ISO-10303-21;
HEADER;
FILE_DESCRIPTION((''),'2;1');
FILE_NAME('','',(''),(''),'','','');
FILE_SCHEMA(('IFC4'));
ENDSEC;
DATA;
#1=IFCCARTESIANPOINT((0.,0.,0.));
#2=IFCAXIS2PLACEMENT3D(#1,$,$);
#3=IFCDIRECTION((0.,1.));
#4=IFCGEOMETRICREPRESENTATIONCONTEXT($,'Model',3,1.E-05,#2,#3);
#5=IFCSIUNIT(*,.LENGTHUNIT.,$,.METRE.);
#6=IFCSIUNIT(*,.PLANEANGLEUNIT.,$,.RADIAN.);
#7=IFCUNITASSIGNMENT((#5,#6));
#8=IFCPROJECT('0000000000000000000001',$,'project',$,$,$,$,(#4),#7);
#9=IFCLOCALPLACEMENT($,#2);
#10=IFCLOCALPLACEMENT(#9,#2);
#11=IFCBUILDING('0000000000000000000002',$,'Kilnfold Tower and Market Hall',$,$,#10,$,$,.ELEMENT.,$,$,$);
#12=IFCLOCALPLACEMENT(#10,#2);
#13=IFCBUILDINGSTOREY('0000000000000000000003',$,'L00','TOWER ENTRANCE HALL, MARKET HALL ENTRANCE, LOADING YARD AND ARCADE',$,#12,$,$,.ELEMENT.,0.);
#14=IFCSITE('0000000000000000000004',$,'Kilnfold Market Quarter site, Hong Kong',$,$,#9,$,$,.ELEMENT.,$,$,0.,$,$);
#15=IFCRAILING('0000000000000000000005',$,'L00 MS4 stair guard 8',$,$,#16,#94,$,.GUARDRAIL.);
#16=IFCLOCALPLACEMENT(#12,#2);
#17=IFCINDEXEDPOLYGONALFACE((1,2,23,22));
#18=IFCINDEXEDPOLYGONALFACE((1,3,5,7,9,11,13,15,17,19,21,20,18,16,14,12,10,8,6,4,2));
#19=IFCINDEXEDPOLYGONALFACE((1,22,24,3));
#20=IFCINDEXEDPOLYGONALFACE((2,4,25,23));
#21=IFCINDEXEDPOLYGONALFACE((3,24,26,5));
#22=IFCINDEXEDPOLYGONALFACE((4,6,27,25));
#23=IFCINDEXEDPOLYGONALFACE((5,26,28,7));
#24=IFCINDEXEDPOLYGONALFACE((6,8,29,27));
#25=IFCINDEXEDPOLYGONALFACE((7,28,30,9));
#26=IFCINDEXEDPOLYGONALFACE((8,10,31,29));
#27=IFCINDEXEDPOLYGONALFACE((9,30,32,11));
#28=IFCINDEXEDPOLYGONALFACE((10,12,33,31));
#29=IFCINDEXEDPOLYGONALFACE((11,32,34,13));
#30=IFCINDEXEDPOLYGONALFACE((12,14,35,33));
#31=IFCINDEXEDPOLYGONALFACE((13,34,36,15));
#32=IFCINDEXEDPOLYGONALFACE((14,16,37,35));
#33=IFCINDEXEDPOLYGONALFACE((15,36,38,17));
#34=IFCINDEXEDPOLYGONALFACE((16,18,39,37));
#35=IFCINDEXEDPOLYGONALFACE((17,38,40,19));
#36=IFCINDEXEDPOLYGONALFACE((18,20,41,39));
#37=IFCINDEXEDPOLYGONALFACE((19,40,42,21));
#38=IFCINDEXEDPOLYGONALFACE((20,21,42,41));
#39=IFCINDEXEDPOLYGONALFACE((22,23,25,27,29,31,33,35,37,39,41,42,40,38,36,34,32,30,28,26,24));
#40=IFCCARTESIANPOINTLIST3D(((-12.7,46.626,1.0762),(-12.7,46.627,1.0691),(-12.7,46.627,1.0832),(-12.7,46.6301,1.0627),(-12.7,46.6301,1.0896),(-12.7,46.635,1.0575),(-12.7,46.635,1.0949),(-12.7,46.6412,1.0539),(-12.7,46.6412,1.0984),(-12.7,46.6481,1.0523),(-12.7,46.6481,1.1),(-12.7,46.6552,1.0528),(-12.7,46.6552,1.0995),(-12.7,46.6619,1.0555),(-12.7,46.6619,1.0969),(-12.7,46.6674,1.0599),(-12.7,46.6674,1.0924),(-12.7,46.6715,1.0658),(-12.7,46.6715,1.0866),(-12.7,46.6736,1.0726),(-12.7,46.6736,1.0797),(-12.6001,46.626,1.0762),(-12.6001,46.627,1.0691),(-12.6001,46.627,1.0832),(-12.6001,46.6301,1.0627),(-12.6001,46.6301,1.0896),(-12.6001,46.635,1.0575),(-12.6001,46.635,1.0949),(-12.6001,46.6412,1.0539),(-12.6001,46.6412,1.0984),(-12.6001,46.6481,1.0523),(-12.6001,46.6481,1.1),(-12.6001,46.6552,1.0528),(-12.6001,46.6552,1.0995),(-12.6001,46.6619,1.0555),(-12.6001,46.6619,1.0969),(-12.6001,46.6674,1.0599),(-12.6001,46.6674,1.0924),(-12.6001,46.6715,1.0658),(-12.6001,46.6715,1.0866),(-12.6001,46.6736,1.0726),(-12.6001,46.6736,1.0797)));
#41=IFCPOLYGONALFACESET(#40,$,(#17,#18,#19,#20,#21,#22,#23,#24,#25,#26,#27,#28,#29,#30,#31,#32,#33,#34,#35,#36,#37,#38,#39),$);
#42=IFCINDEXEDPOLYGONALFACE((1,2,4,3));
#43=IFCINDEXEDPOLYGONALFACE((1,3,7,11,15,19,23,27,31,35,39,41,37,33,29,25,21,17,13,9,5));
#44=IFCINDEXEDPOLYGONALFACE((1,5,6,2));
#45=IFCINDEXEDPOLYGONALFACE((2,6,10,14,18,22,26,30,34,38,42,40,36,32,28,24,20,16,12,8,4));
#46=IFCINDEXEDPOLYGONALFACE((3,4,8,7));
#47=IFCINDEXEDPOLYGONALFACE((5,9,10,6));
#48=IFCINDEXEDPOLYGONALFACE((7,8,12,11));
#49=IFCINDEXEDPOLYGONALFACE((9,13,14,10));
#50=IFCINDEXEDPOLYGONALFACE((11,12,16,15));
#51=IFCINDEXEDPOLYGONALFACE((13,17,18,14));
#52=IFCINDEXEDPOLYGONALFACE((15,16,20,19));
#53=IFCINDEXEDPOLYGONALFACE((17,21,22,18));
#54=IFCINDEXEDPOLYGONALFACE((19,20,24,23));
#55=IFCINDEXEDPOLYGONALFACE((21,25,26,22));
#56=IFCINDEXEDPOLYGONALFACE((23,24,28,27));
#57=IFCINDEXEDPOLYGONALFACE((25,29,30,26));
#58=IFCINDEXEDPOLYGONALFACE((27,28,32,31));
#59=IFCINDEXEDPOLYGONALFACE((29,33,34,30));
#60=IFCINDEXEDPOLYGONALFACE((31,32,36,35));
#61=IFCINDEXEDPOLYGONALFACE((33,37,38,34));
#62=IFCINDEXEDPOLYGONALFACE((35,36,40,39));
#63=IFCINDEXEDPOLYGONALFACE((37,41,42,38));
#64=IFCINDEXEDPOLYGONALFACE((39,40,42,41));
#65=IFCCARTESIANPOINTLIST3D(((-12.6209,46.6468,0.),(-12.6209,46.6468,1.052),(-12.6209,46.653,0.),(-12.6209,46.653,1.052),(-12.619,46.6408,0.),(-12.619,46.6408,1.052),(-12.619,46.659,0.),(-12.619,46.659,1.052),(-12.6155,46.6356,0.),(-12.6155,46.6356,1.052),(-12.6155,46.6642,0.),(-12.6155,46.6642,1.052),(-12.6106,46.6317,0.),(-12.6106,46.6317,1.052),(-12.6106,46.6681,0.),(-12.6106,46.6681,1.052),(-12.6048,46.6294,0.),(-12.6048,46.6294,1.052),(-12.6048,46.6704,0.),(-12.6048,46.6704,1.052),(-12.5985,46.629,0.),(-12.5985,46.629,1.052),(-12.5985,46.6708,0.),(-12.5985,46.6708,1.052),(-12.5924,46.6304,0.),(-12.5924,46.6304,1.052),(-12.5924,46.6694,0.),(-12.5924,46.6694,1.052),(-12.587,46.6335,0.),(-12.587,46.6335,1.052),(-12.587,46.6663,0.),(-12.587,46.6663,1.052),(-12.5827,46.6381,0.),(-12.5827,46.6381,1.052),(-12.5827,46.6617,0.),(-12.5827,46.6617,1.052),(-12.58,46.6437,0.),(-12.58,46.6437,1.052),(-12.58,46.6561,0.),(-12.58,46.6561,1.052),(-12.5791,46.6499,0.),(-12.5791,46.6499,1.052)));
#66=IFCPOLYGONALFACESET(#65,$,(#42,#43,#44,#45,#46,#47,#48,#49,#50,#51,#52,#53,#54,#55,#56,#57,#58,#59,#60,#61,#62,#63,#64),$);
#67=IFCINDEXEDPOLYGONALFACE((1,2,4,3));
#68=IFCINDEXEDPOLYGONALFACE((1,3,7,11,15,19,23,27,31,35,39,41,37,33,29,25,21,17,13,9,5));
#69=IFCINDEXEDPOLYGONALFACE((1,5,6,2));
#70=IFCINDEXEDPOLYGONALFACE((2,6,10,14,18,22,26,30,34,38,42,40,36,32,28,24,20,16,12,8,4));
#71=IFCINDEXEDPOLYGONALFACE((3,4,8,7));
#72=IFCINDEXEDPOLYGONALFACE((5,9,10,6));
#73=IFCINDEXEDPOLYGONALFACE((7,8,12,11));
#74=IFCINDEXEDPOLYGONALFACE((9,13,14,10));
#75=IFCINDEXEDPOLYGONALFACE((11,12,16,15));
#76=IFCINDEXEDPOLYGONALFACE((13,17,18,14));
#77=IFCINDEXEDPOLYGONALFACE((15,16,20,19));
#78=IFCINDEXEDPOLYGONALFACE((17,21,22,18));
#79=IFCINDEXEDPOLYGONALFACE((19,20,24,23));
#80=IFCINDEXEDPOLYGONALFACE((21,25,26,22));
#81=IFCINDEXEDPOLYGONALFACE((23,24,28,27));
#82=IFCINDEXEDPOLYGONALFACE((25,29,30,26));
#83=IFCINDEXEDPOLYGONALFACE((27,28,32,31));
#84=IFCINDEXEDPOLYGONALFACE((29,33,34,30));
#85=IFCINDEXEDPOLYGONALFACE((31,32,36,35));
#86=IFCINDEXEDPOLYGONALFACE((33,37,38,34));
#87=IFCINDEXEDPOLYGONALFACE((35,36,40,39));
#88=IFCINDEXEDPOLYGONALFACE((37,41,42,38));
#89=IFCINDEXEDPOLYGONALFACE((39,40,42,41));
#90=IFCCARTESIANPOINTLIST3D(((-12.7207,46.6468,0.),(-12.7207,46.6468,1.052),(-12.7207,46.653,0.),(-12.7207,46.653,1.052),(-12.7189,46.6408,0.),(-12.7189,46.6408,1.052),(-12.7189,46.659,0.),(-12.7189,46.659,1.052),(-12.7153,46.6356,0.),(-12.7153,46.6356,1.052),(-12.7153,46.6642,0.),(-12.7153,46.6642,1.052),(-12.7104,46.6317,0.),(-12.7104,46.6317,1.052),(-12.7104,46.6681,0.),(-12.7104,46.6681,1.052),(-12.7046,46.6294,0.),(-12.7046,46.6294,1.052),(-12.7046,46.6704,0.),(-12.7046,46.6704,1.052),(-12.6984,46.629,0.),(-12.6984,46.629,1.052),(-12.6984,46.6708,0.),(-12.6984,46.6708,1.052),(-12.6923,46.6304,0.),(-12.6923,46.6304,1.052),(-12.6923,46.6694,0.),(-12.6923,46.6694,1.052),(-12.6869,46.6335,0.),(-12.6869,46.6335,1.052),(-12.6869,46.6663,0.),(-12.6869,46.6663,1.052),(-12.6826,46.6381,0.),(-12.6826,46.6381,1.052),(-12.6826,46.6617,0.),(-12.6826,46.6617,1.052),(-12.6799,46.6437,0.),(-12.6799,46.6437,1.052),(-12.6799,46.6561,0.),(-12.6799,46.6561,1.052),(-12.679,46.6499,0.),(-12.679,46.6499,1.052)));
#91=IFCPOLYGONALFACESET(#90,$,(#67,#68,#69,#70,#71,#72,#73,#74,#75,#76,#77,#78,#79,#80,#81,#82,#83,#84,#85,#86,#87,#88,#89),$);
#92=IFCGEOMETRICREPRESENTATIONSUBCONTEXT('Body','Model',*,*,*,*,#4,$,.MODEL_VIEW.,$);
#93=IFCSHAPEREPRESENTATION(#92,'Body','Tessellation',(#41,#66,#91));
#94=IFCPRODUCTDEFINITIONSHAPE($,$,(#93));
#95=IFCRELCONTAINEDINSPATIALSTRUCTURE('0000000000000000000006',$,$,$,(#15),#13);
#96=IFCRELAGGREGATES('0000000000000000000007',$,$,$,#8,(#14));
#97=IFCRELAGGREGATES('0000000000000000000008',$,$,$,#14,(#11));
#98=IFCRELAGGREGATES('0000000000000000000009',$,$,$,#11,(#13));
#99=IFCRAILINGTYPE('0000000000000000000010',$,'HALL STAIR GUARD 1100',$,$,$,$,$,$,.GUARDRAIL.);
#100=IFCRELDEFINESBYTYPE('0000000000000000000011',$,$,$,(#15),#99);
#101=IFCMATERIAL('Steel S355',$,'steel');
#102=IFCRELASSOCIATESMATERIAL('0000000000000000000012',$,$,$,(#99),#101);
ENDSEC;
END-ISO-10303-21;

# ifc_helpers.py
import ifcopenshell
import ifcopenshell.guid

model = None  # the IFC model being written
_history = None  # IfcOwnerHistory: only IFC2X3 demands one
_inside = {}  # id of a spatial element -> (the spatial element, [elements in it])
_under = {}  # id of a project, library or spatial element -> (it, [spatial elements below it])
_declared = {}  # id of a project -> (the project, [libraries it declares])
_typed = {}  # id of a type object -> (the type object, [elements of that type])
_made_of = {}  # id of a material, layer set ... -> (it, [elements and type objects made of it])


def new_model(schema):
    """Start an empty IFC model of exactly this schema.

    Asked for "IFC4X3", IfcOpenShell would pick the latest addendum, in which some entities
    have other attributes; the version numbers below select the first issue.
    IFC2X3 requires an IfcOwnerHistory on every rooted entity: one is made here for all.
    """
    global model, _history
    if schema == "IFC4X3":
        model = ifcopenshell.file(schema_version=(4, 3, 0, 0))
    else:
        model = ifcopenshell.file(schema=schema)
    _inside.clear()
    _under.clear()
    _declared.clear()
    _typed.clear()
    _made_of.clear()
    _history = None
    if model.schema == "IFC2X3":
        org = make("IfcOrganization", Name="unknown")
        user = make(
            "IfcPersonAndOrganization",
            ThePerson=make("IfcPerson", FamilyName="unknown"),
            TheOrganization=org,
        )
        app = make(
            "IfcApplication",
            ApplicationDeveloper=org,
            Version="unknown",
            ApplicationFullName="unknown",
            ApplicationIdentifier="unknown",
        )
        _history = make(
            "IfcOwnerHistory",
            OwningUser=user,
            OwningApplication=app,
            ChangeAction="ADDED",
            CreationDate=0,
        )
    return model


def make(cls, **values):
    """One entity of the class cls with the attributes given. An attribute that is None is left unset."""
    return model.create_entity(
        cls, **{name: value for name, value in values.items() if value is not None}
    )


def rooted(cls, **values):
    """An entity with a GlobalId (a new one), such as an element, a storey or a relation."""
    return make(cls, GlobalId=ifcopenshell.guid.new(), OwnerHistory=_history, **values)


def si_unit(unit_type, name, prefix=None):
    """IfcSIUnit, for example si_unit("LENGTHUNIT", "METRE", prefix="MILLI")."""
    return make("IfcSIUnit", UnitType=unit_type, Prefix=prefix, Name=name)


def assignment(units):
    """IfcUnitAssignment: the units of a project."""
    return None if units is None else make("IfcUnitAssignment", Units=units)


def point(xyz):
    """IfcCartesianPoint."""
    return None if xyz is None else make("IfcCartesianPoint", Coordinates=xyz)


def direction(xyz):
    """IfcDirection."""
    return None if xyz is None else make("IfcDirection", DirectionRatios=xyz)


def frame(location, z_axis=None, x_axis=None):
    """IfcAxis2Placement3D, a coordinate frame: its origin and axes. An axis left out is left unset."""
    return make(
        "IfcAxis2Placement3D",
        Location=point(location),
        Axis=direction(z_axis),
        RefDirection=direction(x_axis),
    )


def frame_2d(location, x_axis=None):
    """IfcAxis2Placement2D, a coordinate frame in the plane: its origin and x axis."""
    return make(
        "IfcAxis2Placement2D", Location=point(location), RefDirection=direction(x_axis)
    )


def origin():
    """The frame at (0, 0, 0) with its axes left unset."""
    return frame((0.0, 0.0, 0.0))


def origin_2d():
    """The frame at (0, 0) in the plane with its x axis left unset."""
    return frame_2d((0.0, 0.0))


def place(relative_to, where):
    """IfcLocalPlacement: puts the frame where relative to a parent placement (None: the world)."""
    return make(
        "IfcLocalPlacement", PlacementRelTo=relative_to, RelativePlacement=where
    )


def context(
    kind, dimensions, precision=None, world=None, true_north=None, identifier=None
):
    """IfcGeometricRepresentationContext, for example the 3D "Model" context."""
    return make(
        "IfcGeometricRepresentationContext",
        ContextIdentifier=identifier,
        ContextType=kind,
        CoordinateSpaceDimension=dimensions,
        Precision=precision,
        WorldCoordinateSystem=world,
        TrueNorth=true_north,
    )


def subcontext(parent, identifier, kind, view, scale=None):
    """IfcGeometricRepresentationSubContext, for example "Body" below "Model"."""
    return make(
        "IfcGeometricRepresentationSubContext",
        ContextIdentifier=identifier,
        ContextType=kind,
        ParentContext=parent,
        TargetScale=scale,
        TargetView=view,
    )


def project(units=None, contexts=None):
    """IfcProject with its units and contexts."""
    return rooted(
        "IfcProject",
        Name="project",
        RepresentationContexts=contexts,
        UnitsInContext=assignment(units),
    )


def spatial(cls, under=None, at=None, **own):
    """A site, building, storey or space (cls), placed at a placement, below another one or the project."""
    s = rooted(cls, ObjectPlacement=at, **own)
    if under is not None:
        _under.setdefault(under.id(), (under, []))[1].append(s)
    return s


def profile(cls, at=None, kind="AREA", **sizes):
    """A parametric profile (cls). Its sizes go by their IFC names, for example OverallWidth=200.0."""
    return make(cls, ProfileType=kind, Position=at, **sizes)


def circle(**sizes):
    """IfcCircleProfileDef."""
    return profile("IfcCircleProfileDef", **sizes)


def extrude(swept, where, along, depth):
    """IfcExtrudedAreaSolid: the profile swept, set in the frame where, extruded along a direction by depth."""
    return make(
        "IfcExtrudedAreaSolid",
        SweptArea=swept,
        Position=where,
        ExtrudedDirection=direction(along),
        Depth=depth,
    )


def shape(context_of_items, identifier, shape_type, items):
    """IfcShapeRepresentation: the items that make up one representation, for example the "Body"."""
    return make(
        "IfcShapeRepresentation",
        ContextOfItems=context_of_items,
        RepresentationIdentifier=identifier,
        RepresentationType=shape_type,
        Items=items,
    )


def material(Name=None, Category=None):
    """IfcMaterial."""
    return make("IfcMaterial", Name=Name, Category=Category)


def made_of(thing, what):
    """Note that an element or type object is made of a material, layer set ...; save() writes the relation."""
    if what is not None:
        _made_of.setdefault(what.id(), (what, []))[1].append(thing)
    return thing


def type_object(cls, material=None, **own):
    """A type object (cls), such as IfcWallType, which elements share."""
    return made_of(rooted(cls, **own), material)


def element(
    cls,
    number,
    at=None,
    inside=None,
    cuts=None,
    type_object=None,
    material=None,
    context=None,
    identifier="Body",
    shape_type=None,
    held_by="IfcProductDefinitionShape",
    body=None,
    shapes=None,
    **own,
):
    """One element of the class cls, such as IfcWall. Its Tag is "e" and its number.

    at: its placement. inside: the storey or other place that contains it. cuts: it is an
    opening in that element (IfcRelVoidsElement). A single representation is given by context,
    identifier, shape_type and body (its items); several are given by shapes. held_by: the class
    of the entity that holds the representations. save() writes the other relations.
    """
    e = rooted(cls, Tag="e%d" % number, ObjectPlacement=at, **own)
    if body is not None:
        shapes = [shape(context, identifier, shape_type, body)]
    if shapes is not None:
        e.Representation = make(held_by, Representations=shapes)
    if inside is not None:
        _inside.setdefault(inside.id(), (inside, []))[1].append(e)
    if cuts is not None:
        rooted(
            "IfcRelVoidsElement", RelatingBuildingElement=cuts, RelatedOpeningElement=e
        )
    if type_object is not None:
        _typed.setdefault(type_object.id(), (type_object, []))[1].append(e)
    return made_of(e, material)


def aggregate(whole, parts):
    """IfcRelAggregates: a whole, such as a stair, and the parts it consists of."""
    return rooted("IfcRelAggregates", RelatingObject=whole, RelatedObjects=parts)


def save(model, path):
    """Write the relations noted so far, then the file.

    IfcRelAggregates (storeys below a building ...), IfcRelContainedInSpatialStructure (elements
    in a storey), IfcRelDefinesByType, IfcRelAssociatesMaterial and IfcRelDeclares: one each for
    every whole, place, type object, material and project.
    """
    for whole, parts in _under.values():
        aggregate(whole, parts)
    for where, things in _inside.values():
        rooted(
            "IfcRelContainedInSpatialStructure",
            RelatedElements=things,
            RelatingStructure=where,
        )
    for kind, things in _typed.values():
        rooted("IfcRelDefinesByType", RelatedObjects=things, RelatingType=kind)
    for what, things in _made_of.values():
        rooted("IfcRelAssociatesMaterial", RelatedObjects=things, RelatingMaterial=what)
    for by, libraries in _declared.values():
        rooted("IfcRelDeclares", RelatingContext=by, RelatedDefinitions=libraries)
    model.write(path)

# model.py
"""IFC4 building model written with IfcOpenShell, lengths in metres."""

from ifc_helpers import new_model, si_unit, direction, frame, origin, origin_2d, place, context, subcontext, project, spatial, circle, extrude, material, type_object, element, save


model = new_model("IFC4")

# Units and contexts
model_context = context("Model", 3, precision=1e-05, world=origin(), true_north=direction((0.0, 1.0)))
body_context = subcontext(model_context, "Body", "Model", "MODEL_VIEW")
ifc_project = project(units=[si_unit("LENGTHUNIT", "METRE"), si_unit("PLANEANGLEUNIT", "RADIAN")], contexts=[model_context])

# Site, building, storey
site_placement = place(None, origin())
site = spatial("IfcSite", under=ifc_project, at=site_placement, Name="Kilnfold Market Quarter site, Hong Kong", CompositionType="ELEMENT", RefElevation=0.0)
building_placement = place(site_placement, origin())
building = spatial("IfcBuilding", under=site, at=building_placement, Name="Kilnfold Tower and Market Hall", CompositionType="ELEMENT")
storey_placement = place(building_placement, origin())
storey = spatial("IfcBuildingStorey", under=building, at=storey_placement, Name="L00", Description="TOWER ENTRANCE HALL, MARKET HALL ENTRANCE, LOADING YARD AND ARCADE", CompositionType="ELEMENT", Elevation=0.0)

# Railing
ifc_material_1 = material(Name="Steel S355", Category="steel")
railing_type_1 = type_object("IfcRailingType", Name="HALL STAIR GUARD 1100", PredefinedType="GUARDRAIL", material=ifc_material_1)
railing_1_placement = place(storey_placement, frame((-12.6001, 46.6499, 0.0)))
element("IfcRailing", 1, at=railing_1_placement, inside=storey, type_object=railing_type_1, Name="L00 MS4 stair guard 8", PredefinedType="GUARDRAIL", context=body_context, shape_type="SweptSolid", body=[
    extrude(circle(Radius=0.0239, at=origin_2d()), frame((0.0, 0.0, 1.0762), z_axis=(-1.0, 0.0, 0.0), x_axis=(0.0, -1.0, 0.0)), (0.0, 0.0, 1.0), 0.0999),
    extrude(circle(Radius=0.021, at=origin_2d()), origin(), (0.0, 0.0, 1.0), 1.052),
    extrude(circle(Radius=0.021, at=origin_2d()), frame((-0.0999, 0.0, 0.0)), (0.0, 0.0, 1.0), 1.052),
])

save(model, "model.ifc")
